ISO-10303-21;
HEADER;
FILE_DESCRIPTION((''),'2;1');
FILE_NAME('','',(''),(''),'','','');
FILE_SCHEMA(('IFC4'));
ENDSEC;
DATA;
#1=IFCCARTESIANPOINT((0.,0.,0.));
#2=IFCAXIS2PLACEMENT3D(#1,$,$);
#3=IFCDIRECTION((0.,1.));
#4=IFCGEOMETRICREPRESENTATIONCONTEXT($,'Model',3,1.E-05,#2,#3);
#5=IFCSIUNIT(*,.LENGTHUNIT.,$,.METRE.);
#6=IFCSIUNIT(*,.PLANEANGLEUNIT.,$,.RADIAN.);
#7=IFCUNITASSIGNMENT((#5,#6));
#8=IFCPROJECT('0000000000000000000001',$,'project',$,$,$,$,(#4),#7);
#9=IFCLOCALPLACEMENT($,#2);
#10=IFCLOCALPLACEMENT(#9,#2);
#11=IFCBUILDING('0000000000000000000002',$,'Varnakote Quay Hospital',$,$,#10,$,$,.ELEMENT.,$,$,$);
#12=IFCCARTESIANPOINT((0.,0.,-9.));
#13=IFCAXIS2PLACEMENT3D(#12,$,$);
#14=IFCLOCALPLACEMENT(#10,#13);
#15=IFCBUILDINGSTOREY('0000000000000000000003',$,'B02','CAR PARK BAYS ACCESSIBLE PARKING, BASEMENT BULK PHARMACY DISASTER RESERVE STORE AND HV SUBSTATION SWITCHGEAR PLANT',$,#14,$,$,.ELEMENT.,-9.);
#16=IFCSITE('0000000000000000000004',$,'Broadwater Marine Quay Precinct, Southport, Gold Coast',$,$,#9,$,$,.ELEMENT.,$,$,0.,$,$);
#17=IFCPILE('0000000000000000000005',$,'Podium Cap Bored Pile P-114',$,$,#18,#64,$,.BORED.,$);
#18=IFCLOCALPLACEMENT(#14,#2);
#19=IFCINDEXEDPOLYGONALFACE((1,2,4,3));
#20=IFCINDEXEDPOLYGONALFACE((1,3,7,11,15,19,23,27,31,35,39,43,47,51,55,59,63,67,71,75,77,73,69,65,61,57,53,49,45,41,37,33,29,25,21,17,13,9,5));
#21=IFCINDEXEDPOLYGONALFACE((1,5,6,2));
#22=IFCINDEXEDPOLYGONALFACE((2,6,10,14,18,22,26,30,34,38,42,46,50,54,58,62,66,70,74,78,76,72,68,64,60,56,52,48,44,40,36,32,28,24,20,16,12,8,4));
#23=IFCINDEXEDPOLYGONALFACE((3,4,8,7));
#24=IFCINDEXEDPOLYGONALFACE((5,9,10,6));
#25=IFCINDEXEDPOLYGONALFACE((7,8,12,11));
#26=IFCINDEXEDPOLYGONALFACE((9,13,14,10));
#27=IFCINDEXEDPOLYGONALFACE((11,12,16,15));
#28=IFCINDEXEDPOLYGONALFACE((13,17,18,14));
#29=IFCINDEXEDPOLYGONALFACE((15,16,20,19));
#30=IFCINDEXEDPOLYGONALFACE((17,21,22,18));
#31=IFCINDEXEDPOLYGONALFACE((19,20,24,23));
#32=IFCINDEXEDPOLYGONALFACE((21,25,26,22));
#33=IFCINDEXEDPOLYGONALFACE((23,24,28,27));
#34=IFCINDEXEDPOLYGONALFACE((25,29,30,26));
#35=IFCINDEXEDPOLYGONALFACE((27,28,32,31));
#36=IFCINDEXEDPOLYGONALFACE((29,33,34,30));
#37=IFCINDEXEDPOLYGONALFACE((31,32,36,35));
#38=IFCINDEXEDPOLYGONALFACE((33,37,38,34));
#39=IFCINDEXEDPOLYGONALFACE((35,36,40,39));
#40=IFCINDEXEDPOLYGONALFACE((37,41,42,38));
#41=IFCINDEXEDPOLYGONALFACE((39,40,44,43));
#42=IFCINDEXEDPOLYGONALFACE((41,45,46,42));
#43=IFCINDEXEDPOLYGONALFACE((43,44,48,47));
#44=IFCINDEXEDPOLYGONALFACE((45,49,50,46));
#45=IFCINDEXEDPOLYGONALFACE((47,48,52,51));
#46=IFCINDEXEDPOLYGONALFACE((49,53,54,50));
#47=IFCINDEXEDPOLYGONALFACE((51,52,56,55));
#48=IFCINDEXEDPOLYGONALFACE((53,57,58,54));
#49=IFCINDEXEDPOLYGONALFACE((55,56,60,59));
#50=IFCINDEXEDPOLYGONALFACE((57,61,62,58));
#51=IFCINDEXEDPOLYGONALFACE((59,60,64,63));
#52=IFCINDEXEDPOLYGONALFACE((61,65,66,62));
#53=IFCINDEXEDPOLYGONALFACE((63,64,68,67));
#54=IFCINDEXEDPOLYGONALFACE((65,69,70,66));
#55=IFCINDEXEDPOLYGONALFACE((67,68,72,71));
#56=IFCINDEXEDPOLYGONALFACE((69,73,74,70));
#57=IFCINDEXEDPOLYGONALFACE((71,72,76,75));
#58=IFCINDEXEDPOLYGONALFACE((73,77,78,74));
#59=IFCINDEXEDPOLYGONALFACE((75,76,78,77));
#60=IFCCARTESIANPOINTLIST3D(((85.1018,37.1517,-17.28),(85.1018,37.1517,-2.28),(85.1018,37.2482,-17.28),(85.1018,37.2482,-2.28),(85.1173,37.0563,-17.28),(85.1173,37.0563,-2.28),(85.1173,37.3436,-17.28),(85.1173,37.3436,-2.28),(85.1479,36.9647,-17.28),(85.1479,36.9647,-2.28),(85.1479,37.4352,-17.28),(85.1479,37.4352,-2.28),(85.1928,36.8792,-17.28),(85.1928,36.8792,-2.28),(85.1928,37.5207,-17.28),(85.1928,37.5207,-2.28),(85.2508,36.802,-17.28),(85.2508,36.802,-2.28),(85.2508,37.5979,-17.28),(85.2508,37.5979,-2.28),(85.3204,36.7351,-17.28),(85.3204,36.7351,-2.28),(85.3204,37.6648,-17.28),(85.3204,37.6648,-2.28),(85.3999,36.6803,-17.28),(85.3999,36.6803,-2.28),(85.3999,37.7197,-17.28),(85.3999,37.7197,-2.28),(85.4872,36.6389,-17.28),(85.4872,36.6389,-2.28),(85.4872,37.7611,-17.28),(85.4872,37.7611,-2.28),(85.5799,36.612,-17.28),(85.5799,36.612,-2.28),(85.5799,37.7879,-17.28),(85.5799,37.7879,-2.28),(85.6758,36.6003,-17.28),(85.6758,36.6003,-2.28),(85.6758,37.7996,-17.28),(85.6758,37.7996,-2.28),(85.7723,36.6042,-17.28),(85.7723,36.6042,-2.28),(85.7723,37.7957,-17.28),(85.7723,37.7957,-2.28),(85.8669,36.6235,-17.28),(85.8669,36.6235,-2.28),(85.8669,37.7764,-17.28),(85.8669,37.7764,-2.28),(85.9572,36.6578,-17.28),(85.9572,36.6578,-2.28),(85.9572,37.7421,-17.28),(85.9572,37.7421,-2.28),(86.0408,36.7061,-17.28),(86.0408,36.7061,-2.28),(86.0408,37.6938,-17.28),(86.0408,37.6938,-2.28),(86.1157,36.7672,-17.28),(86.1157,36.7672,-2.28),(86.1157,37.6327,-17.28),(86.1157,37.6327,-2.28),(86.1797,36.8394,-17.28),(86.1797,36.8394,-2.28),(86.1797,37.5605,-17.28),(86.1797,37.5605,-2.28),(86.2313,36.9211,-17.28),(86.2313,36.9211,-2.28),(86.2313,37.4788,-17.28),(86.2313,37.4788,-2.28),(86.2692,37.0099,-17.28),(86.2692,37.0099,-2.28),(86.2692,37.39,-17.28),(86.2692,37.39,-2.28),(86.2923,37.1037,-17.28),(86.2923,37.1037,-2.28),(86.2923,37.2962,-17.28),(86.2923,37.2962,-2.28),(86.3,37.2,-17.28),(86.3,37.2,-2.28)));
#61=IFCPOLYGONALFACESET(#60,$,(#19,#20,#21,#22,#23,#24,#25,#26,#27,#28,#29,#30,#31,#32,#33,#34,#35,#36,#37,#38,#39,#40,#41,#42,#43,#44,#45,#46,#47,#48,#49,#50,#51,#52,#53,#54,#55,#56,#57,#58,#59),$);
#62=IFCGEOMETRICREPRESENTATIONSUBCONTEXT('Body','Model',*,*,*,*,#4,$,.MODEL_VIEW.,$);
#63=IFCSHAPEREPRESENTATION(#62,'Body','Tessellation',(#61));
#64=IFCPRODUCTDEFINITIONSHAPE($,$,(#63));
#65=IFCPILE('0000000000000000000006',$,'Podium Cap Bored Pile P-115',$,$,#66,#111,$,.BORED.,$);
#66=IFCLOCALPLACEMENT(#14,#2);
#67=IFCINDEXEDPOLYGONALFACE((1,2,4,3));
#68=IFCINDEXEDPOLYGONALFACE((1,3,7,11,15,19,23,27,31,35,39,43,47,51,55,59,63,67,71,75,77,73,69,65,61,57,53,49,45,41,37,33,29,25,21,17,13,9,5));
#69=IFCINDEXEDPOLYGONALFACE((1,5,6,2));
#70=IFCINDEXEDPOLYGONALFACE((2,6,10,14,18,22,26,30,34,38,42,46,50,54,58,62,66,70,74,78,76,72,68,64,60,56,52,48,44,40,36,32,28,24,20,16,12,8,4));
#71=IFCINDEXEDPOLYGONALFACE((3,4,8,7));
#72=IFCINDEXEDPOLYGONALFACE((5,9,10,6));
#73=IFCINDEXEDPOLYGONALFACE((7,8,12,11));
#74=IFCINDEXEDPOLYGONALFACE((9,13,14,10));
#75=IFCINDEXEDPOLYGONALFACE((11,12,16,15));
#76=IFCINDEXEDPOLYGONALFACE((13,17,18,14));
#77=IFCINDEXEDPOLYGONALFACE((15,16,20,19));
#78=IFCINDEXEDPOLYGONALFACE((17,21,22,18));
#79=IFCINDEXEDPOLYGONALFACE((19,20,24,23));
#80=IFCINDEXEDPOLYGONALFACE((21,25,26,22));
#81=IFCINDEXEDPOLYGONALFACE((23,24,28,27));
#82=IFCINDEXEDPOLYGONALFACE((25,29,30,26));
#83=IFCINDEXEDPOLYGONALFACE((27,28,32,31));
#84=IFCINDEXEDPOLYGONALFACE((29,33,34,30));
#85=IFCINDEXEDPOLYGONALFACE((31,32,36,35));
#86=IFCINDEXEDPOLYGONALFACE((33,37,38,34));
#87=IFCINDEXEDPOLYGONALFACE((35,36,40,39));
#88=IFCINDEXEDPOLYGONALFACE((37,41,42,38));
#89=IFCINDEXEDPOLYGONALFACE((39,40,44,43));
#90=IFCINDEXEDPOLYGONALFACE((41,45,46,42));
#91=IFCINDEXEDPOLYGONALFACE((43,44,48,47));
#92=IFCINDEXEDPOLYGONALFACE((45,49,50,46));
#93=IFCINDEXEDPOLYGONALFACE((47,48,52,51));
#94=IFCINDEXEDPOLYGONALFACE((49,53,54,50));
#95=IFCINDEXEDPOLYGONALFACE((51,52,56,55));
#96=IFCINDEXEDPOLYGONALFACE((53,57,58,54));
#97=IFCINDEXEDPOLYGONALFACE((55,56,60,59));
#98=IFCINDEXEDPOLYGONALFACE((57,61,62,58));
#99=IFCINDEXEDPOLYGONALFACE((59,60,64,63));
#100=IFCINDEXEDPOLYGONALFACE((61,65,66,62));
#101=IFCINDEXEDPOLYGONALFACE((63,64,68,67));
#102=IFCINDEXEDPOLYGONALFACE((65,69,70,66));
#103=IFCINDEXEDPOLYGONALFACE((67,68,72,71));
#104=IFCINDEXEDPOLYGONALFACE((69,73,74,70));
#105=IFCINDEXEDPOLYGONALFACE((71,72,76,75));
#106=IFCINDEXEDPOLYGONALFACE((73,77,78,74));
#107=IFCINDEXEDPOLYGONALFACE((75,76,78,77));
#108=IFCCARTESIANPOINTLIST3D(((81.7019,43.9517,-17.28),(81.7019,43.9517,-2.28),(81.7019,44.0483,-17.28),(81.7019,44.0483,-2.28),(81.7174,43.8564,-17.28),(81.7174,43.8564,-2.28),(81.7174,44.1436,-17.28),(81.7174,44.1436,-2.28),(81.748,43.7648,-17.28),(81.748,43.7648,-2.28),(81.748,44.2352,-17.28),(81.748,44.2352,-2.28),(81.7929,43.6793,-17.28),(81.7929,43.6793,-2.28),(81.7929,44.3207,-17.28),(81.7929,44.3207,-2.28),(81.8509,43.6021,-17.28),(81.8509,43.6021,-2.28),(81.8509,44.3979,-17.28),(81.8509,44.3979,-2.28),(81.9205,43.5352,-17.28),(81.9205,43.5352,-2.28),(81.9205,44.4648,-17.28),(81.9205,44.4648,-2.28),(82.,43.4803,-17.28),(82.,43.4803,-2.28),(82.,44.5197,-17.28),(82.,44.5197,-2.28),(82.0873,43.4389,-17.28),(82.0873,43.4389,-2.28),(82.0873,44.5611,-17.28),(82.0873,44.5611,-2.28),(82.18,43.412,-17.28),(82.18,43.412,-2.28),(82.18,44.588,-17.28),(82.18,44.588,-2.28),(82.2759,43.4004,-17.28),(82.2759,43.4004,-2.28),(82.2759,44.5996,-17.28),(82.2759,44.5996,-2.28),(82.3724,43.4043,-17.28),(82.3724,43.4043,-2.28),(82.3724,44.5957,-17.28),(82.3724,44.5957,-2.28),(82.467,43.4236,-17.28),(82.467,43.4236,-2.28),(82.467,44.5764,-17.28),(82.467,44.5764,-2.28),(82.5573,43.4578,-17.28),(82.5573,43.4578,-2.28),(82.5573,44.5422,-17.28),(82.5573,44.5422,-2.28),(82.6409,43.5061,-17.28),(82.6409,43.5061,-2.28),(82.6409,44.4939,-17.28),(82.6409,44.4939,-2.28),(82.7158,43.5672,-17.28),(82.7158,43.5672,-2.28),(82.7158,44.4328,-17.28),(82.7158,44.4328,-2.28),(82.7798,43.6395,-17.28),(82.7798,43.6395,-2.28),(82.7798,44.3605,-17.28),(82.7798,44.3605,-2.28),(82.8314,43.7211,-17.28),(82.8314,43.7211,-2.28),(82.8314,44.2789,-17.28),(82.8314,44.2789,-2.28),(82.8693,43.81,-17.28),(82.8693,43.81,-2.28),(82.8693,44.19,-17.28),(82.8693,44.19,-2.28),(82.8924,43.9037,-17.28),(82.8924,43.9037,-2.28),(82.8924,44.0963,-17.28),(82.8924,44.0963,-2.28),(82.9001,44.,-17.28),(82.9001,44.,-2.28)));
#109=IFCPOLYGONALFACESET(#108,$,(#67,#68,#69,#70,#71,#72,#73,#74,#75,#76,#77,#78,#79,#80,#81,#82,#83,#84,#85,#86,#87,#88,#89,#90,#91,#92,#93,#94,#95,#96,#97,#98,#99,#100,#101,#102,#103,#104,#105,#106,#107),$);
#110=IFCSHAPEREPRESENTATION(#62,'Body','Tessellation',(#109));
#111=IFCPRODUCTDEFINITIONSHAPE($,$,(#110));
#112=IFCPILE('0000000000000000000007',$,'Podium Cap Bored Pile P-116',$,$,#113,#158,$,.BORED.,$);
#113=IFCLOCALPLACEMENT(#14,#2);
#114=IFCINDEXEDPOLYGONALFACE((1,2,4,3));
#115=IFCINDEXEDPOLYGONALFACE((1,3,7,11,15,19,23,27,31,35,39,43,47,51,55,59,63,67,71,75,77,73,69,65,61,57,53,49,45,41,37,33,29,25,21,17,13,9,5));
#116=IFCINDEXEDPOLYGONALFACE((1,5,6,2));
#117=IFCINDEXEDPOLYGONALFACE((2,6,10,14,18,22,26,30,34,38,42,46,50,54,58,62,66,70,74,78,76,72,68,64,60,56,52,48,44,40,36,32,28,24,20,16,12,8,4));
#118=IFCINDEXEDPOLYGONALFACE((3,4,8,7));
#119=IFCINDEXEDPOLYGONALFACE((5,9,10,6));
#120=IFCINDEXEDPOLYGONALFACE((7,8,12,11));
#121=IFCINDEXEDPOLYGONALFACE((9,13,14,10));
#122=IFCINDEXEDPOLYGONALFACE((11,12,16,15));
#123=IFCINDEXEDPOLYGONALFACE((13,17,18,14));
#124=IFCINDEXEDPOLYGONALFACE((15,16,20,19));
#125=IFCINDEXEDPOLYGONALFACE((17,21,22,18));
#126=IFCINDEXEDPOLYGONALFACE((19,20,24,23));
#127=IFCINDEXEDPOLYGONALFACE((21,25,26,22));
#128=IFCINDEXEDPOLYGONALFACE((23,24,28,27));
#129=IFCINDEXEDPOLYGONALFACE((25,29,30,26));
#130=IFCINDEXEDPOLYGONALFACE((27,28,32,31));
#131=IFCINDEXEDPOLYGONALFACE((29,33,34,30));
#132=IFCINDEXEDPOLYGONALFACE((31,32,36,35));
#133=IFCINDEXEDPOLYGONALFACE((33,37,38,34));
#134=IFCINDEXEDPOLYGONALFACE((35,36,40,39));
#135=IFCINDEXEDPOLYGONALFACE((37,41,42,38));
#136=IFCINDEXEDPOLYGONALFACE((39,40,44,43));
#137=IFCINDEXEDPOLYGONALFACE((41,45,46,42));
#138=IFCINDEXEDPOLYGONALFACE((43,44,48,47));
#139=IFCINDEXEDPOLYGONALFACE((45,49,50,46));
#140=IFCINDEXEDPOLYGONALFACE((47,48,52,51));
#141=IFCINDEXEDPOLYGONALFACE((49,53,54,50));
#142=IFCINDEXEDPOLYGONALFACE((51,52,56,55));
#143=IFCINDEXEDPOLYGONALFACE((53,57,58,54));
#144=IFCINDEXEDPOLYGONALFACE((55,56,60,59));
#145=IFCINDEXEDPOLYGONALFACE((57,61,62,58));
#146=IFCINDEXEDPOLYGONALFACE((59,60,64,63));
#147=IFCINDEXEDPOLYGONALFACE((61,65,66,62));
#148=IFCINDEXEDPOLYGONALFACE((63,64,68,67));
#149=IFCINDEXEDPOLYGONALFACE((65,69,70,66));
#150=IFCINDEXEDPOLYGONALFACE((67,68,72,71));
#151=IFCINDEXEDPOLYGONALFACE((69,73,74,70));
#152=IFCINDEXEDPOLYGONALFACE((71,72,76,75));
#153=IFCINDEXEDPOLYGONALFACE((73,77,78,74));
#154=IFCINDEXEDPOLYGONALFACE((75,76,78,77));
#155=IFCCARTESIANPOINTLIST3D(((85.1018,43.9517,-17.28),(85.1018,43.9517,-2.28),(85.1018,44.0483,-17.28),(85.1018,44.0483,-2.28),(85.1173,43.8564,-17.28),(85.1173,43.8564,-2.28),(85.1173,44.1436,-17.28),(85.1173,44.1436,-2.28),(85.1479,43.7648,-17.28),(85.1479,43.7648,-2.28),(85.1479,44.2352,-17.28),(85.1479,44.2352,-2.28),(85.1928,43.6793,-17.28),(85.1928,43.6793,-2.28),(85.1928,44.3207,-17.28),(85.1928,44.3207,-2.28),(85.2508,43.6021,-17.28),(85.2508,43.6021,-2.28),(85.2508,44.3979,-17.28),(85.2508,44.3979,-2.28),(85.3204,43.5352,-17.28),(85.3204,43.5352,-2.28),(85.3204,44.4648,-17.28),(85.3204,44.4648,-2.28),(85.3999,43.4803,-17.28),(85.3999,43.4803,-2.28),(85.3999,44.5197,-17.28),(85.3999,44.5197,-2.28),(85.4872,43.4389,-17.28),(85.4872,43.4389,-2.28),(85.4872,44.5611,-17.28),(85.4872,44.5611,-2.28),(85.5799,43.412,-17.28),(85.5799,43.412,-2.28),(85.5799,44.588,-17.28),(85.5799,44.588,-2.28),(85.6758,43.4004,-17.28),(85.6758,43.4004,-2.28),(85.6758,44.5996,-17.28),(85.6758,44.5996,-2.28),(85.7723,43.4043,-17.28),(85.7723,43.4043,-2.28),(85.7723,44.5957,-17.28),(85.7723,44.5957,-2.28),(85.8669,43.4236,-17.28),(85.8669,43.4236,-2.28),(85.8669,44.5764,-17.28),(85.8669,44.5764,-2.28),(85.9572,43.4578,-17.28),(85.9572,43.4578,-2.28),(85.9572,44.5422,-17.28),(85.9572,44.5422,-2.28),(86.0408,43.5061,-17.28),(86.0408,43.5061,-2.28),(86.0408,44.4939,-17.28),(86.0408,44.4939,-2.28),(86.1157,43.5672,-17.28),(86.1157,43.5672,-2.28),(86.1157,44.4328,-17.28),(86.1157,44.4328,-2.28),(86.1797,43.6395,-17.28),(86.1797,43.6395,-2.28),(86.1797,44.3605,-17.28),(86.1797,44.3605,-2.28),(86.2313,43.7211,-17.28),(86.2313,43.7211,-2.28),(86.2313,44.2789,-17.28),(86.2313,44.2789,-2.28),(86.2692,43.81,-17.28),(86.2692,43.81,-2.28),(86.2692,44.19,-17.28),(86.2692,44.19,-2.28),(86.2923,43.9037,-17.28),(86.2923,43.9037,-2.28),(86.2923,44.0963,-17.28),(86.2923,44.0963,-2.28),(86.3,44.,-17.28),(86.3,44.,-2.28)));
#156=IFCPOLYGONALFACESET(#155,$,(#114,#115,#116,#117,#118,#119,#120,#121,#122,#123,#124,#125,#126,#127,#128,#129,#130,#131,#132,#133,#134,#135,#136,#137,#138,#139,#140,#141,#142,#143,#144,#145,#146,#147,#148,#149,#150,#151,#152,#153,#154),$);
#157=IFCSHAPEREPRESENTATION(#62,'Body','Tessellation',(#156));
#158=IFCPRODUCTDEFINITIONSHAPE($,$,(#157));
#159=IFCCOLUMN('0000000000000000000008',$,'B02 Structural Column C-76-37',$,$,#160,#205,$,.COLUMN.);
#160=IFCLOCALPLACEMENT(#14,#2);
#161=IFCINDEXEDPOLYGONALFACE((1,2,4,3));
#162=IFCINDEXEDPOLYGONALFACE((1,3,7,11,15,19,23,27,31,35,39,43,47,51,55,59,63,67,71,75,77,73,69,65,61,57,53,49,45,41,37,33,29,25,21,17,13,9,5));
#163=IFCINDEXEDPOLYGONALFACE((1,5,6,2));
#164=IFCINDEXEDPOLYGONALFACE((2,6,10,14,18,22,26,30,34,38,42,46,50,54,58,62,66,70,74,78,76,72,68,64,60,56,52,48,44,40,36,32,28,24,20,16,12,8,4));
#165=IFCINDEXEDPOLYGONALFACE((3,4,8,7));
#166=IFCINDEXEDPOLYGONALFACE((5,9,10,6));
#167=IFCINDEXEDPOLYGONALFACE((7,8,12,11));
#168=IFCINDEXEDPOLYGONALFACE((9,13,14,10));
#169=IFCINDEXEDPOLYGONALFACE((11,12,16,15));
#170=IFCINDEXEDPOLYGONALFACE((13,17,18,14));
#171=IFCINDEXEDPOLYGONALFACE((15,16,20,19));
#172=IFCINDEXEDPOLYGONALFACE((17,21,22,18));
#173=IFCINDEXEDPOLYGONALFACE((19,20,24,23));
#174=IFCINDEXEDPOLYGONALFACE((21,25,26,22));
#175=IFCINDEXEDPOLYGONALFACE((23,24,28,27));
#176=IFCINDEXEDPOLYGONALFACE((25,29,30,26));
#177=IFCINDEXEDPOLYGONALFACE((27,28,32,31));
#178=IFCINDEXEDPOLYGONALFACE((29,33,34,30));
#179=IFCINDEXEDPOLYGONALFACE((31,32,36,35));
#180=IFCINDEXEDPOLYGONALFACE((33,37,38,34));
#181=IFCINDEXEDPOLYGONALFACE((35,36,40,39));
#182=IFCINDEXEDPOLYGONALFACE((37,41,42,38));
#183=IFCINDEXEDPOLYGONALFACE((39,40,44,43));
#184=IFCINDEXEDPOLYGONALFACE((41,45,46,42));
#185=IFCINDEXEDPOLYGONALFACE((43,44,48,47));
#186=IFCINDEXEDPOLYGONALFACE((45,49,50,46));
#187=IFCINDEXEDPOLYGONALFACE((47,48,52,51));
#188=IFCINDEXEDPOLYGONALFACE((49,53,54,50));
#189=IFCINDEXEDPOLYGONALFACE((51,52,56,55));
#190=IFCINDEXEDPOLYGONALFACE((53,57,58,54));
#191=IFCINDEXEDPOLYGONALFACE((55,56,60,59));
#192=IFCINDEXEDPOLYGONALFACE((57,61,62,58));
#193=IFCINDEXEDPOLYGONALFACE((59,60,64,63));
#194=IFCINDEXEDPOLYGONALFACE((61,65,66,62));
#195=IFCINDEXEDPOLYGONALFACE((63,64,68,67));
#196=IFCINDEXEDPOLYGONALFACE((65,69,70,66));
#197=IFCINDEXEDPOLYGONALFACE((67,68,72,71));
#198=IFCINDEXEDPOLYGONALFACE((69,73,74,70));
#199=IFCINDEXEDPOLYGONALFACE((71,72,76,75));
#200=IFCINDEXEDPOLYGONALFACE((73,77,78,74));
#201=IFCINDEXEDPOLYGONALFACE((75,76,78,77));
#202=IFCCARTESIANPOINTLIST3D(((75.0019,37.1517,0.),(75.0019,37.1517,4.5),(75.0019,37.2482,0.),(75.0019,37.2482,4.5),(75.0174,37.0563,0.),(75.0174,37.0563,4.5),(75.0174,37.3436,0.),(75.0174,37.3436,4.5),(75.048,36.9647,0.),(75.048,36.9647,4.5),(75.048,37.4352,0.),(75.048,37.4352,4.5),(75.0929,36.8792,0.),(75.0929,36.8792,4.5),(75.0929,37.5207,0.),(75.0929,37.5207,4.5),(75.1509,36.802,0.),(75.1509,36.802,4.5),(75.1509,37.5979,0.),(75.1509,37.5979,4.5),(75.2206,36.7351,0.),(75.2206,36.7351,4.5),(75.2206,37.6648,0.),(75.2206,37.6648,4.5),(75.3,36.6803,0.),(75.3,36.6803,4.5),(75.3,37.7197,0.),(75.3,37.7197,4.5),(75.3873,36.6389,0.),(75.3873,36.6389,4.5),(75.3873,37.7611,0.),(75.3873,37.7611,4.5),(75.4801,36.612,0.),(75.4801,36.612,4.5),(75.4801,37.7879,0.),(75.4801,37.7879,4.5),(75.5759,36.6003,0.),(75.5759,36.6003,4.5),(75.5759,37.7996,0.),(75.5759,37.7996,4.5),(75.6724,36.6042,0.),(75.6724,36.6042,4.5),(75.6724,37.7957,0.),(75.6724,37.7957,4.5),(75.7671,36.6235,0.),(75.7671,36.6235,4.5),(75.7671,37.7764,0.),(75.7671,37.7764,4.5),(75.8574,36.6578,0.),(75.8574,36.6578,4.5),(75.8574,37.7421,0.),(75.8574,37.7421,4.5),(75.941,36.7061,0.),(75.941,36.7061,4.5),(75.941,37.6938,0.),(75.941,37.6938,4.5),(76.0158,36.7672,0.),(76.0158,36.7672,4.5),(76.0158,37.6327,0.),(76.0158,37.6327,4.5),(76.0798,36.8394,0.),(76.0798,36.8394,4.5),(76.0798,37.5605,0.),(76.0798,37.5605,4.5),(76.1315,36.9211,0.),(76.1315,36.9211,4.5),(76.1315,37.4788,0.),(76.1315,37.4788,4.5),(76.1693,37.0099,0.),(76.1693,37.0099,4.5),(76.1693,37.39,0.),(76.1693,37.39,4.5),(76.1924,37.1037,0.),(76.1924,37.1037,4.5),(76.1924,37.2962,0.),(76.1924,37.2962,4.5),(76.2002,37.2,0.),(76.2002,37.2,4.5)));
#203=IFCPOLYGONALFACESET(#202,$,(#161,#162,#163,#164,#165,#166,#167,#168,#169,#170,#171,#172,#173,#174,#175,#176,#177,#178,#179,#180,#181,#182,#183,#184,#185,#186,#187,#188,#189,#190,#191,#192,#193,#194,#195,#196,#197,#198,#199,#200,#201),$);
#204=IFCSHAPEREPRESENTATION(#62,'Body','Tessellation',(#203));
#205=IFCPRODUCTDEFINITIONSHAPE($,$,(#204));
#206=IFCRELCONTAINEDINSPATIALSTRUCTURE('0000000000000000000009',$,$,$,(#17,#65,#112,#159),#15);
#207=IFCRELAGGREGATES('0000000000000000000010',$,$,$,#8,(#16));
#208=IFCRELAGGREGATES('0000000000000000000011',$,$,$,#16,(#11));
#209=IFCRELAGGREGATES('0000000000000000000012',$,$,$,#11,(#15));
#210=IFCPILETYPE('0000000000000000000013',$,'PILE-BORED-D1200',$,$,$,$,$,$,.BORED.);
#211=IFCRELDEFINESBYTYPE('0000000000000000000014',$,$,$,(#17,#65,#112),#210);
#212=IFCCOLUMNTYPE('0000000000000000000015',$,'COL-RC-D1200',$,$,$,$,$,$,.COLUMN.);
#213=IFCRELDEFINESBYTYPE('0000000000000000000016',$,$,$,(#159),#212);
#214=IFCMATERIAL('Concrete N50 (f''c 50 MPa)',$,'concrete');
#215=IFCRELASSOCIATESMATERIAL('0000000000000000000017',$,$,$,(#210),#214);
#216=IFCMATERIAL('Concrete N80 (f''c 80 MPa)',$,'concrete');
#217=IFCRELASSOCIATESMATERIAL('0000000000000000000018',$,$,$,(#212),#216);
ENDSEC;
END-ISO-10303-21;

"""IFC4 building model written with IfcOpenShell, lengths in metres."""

from ifc_helpers import new_model, si_unit, direction, frame, origin, origin_2d, place, context, subcontext, project, spatial, circle, extrude, material, material_profile, profile_set, type_object, element, save


model = new_model("IFC4")

# Units and contexts
model_context = context("Model", 3, precision=1e-05, world=origin(), true_north=direction((0.0, 1.0)))
body_context = subcontext(model_context, "Body", "Model", "MODEL_VIEW")
ifc_project = project(units=[si_unit("LENGTHUNIT", "METRE"), si_unit("PLANEANGLEUNIT", "RADIAN")], contexts=[model_context])

# Site, building, storey
site_placement = place(None, origin())
site = spatial("IfcSite", under=ifc_project, at=site_placement, Name="Broadwater Marine Quay Precinct, Southport, Gold Coast", CompositionType="ELEMENT", RefElevation=0.0)
building_placement = place(site_placement, origin())
building = spatial("IfcBuilding", under=site, at=building_placement, Name="Varnakote Quay Hospital", CompositionType="ELEMENT")
storey_placement = place(building_placement, frame((0.0, 0.0, -9.0)))
storey = spatial("IfcBuildingStorey", under=building, at=storey_placement, Name="B02", Description="CAR PARK BAYS ACCESSIBLE PARKING, BASEMENT BULK PHARMACY DISASTER RESERVE STORE AND HV SUBSTATION SWITCHGEAR PLANT", CompositionType="ELEMENT", Elevation=-9.0)

# Piles
ifc_material_1 = material(Name="Concrete N50 (f'c 50 MPa)", Category="concrete")
ifc_material_profile_1 = material_profile(ifc_material_1, circle(Radius=0.6001, at=origin_2d()), Name="PILE-D1200")
ifc_profile_set_1 = profile_set([ifc_material_profile_1], Name="Concrete N50 (f'c 50 MPa)")
pile_type = type_object("IfcPileType", Name="PILE-BORED-D1200", PredefinedType="BORED", material=ifc_profile_set_1)
for number, where, z_axis, x_axis, name in (
    (1, (85.7, 37.2, -2.28), (0.0, 0.0, -1.0), (1.0, 0.0, 0.0), "Podium Cap Bored Pile P-114"),
    (2, (82.3, 44.0, -2.28), (0.0, 0.0, -1.0), (1.0, 0.0, 0.0), "Podium Cap Bored Pile P-115"),
    (3, (85.7, 44.0, -2.28), (0.0, 0.0, -1.0), (1.0, 0.0, 0.0), "Podium Cap Bored Pile P-116"),
):
    element("IfcPile", number, at=place(storey_placement, frame(where, z_axis=z_axis, x_axis=x_axis)), inside=storey, type_object=pile_type, Name=name, PredefinedType="BORED", context=body_context, shape_type="SweptSolid", body=[
        extrude(circle(Radius=0.6001, at=origin_2d()), origin(), (0.0, 0.0, 1.0), 15.0),
    ])

# Column
ifc_material_2 = material(Name="Concrete N80 (f'c 80 MPa)", Category="concrete")
ifc_material_profile_2 = material_profile(ifc_material_2, circle(Radius=0.6001, at=origin_2d()), Name="RC-COL-D1200")
ifc_profile_set_2 = profile_set([ifc_material_profile_2], Name="Concrete N80 (f'c 80 MPa)")
column_type = type_object("IfcColumnType", Name="COL-RC-D1200", PredefinedType="COLUMN", material=ifc_profile_set_2)
for number, where, z_axis, x_axis, name in (
    (4, (75.6001, 37.2, 0.0), (0.0, 0.0, 1.0), (1.0, 0.0, 0.0), "B02 Structural Column C-76-37"),
):
    element("IfcColumn", number, at=place(storey_placement, frame(where, z_axis=z_axis, x_axis=x_axis)), inside=storey, type_object=column_type, Name=name, PredefinedType="COLUMN", context=body_context, shape_type="SweptSolid", body=[
        extrude(circle(Radius=0.6001, at=origin_2d()), origin(), (0.0, 0.0, 1.0), 4.5),
    ])

save(model, "model.ifc")
